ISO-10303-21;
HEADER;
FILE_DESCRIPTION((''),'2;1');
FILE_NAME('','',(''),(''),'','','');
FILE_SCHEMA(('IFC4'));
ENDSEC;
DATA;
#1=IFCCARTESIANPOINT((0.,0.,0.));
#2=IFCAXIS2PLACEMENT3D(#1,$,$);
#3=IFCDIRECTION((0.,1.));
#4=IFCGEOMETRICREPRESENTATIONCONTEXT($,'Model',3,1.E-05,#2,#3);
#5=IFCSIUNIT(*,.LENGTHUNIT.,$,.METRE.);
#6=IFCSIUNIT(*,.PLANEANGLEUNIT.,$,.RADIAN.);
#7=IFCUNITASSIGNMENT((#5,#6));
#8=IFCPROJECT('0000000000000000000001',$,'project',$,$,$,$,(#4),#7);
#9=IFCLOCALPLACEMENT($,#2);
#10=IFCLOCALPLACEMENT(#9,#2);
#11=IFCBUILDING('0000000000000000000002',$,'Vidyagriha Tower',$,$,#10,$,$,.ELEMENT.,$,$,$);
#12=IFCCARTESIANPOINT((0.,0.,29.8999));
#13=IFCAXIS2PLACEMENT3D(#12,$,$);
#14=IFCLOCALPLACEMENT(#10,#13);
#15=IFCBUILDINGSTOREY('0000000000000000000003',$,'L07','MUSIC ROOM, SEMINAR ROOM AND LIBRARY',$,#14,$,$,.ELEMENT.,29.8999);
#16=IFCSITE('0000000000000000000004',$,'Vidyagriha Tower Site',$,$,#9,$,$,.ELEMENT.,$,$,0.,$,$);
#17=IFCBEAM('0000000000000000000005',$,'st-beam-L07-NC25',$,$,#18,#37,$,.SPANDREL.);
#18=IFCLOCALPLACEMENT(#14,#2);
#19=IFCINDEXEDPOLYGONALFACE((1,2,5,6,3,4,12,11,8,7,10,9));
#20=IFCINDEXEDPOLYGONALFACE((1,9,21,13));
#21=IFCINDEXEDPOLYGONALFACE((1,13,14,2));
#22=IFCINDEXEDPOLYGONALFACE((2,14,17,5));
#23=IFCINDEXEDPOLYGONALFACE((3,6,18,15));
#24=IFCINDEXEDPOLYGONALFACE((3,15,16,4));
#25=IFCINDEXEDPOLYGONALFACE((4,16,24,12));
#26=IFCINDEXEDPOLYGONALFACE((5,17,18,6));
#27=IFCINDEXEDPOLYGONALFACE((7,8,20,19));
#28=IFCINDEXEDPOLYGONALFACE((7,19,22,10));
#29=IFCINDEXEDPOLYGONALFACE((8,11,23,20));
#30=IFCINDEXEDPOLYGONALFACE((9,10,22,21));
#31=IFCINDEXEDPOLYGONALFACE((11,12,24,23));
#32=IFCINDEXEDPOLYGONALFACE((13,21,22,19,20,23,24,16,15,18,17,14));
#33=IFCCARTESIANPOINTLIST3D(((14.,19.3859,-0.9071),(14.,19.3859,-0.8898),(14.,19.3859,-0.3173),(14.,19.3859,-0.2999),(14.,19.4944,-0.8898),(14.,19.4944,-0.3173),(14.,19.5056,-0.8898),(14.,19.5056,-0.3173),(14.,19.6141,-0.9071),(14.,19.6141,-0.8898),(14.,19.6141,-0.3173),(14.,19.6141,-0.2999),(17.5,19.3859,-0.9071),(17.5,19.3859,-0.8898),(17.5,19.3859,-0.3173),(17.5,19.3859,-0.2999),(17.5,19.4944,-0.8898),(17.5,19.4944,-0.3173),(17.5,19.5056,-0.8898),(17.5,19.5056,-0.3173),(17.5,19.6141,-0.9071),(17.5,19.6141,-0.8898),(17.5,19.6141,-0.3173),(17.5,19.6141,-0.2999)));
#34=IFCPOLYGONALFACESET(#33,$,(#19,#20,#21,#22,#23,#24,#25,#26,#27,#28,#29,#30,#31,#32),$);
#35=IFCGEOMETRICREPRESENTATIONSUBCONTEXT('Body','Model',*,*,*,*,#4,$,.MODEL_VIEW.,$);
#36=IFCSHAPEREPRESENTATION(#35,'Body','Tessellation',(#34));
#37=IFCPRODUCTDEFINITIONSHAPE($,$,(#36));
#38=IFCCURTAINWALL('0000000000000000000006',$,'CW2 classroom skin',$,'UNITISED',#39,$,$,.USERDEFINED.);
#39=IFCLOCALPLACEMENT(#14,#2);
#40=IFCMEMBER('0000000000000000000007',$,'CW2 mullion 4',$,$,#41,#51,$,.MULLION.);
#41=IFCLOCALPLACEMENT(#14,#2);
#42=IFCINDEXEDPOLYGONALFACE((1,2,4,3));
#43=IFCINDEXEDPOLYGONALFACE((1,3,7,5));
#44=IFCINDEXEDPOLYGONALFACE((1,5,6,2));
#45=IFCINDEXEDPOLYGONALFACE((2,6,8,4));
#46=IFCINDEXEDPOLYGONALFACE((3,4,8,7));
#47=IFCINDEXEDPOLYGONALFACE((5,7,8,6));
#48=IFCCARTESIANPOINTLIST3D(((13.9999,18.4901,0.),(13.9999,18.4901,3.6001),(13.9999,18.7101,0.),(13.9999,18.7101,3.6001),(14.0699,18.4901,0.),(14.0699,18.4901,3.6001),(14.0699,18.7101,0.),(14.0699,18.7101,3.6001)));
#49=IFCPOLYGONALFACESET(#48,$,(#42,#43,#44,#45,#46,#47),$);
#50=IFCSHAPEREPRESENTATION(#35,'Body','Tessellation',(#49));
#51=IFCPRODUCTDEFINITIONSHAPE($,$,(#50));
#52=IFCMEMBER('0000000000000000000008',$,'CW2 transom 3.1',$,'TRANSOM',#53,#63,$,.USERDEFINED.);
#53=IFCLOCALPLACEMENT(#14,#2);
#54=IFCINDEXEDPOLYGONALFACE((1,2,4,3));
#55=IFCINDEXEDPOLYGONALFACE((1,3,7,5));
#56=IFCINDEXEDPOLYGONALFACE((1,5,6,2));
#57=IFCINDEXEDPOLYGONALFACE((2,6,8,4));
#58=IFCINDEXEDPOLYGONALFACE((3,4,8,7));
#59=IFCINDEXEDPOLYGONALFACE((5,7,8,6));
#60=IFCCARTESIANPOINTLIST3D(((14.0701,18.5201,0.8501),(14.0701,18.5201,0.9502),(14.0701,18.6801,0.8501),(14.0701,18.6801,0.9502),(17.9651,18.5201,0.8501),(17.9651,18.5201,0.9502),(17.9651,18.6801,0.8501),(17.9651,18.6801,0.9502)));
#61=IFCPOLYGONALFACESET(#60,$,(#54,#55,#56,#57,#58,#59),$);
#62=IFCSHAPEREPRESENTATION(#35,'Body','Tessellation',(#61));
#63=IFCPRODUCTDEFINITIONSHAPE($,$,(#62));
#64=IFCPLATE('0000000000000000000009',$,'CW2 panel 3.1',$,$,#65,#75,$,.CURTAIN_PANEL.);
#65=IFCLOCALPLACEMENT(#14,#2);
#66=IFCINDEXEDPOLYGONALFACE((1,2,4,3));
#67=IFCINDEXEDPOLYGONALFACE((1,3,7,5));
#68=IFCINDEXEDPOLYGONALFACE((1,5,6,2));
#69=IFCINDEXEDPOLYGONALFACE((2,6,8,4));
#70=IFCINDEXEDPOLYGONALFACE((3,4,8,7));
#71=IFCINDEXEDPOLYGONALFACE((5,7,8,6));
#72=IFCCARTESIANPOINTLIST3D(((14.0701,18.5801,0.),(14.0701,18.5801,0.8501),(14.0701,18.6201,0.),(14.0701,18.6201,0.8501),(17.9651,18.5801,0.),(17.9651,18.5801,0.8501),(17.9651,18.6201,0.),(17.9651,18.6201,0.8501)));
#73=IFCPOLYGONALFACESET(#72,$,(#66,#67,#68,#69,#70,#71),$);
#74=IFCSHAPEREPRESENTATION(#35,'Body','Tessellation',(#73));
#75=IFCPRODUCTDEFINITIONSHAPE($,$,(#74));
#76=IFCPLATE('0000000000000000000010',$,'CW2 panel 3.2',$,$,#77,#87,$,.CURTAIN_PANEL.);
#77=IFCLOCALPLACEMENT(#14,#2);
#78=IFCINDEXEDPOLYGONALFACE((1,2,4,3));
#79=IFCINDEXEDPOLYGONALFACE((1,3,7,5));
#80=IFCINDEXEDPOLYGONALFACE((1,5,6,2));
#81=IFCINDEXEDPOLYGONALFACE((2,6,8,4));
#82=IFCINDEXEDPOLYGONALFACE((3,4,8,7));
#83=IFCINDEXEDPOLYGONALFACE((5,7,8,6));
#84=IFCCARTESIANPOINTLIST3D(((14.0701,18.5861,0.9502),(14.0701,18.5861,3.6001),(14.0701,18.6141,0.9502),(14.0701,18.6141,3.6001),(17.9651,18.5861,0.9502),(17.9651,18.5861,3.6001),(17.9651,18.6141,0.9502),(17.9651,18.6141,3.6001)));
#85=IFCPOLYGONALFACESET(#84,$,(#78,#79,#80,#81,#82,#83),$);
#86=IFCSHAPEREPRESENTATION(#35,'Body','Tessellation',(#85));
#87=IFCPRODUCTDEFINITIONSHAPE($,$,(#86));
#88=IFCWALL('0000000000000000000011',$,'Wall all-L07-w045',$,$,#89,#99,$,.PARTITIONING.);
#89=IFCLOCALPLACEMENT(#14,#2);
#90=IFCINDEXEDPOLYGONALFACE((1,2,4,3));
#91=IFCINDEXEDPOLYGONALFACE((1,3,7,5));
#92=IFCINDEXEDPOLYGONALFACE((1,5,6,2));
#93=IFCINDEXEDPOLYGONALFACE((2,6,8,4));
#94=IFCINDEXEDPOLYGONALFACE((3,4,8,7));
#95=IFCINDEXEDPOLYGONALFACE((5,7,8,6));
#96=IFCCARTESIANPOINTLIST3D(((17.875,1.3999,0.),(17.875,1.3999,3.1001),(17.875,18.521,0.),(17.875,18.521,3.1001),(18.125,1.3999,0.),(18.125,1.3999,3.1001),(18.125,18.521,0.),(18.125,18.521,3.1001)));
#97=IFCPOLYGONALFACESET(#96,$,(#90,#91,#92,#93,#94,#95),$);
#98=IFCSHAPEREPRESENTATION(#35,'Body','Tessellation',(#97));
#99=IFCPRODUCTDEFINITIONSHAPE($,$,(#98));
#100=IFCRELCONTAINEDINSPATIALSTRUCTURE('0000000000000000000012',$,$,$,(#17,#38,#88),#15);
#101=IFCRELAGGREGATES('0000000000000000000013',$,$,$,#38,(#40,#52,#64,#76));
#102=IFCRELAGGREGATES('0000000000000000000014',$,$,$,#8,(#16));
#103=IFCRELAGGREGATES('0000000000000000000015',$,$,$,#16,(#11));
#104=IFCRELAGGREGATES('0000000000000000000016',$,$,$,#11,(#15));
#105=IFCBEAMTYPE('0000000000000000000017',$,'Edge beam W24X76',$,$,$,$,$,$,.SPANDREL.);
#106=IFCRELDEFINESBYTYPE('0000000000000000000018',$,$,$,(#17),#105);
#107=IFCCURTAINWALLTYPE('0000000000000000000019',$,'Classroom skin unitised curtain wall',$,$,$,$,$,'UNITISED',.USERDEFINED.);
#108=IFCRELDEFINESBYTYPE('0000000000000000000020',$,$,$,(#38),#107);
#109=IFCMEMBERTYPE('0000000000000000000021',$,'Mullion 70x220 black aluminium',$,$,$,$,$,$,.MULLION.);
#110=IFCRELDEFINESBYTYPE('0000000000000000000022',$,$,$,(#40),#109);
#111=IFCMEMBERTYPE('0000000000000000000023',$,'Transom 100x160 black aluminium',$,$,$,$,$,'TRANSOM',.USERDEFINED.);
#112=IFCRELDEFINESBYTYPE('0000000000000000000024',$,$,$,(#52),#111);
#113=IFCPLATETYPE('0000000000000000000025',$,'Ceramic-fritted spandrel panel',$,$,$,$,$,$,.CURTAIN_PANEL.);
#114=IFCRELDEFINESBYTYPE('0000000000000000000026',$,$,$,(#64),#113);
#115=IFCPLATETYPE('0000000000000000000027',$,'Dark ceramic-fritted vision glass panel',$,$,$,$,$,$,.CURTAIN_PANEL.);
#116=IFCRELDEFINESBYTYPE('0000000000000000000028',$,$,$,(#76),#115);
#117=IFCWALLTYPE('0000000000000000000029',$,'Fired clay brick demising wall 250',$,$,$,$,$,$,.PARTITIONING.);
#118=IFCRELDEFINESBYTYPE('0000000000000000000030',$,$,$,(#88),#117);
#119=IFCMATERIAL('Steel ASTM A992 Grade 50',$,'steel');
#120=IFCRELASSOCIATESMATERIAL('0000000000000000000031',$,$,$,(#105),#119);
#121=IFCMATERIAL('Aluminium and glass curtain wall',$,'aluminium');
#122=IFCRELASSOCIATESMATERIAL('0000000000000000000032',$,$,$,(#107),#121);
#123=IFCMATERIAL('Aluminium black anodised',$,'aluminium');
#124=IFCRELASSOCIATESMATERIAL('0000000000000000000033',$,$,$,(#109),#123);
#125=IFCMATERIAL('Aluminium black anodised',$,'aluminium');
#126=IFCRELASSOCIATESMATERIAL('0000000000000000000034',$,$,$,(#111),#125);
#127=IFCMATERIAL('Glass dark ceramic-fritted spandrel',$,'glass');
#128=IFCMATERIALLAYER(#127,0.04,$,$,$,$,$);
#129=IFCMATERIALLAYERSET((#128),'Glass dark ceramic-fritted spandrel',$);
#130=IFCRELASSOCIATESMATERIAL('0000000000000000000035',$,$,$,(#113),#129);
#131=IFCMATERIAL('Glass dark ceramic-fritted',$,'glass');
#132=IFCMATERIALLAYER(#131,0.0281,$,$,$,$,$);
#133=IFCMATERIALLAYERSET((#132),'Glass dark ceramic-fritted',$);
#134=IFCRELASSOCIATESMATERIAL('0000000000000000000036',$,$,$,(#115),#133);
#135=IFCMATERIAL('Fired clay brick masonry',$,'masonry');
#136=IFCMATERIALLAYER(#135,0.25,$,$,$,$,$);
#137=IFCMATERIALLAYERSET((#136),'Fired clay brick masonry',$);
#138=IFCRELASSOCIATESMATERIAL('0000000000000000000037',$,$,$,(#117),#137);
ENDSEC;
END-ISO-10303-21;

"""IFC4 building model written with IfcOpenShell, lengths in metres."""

from ifc_helpers import new_model, si_unit, direction, frame, frame_2d, origin, origin_2d, place, context, subcontext, project, spatial, rectangle, i_section, extrude, material, layer, layer_set, material_profile, profile_set, type_object, element, aggregate, save


model = new_model("IFC4")

# Units and contexts
model_context = context("Model", 3, precision=1e-05, world=origin(), true_north=direction((0.0, 1.0)))
body_context = subcontext(model_context, "Body", "Model", "MODEL_VIEW")
ifc_project = project(units=[si_unit("LENGTHUNIT", "METRE"), si_unit("PLANEANGLEUNIT", "RADIAN")], contexts=[model_context])

# Site, building, storey
site_placement = place(None, origin())
site = spatial("IfcSite", under=ifc_project, at=site_placement, Name="Vidyagriha Tower Site", CompositionType="ELEMENT", RefElevation=0.0)
building_placement = place(site_placement, origin())
building = spatial("IfcBuilding", under=site, at=building_placement, Name="Vidyagriha Tower", CompositionType="ELEMENT")
storey_placement = place(building_placement, frame((0.0, 0.0, 29.8999)))
storey = spatial("IfcBuildingStorey", under=building, at=storey_placement, Name="L07", Description="MUSIC ROOM, SEMINAR ROOM AND LIBRARY", CompositionType="ELEMENT", Elevation=29.8999)

# Beam
ifc_material_1 = material(Name="Steel ASTM A992 Grade 50", Category="steel")
ifc_material_profile_1 = material_profile(ifc_material_1, i_section(OverallWidth=0.2283, OverallDepth=0.6072, WebThickness=0.0112, FlangeThickness=0.0173, at=origin_2d()), Name="W24X76")
ifc_profile_set_1 = profile_set([ifc_material_profile_1], Name="Steel ASTM A992 Grade 50")
beam_type = type_object("IfcBeamType", Name="Edge beam W24X76", PredefinedType="SPANDREL", material=ifc_profile_set_1)
beam_placement = place(storey_placement, frame((14.0, 19.5, -0.6035), z_axis=(1.0, 0.0, 0.0), x_axis=(0.0, 1.0, 0.0)))
element("IfcBeam", 1, at=beam_placement, inside=storey, type_object=beam_type, Name="st-beam-L07-NC25", PredefinedType="SPANDREL", context=body_context, shape_type="SweptSolid", body=[
    extrude(i_section(OverallWidth=0.2283, OverallDepth=0.6072, WebThickness=0.0112, FlangeThickness=0.0173, at=origin_2d()), origin(), (0.0, 0.0, 1.0), 3.5),
])

# Curtain wall, members, plates
ifc_material_2 = material(Name="Aluminium and glass curtain wall", Category="aluminium")
curtain_wall_type = type_object("IfcCurtainWallType", Name="Classroom skin unitised curtain wall", ElementType="UNITISED", PredefinedType="USERDEFINED", material=ifc_material_2)
curtain_wall_placement = place(storey_placement, origin())
curtain_wall = element("IfcCurtainWall", 2, at=curtain_wall_placement, inside=storey, type_object=curtain_wall_type, Name="CW2 classroom skin", ObjectType="UNITISED", PredefinedType="USERDEFINED")
ifc_material_3 = material(Name="Aluminium black anodised", Category="aluminium")
ifc_material_profile_2 = material_profile(ifc_material_3, rectangle(XDim=0.22, YDim=0.0701, at=origin_2d()), Name="Mullion 70x220 black aluminium")
ifc_profile_set_2 = profile_set([ifc_material_profile_2], Name="Aluminium black anodised")
member_type_1 = type_object("IfcMemberType", Name="Mullion 70x220 black aluminium", PredefinedType="MULLION", material=ifc_profile_set_2)
member_1_placement = place(storey_placement, frame((14.0349, 18.6001, 0.0), z_axis=(0.0, 0.0, 1.0), x_axis=(0.0, -1.0, 0.0)))
member_1 = element("IfcMember", 3, at=member_1_placement, type_object=member_type_1, Name="CW2 mullion 4", PredefinedType="MULLION", context=body_context, shape_type="SweptSolid", body=[
    extrude(rectangle(XDim=0.22, YDim=0.0701, at=origin_2d()), origin(), (0.0, 0.0, 1.0), 3.6001),
])
ifc_material_4 = material(Name="Aluminium black anodised", Category="aluminium")
ifc_material_profile_3 = material_profile(ifc_material_4, rectangle(XDim=0.1599, YDim=0.1001, at=origin_2d()), Name="Transom 100x160 black aluminium")
ifc_profile_set_3 = profile_set([ifc_material_profile_3], Name="Aluminium black anodised")
member_type_2 = type_object("IfcMemberType", Name="Transom 100x160 black aluminium", ElementType="TRANSOM", PredefinedType="USERDEFINED", material=ifc_profile_set_3)
member_2_placement = place(storey_placement, frame((17.9651, 18.6001, 0.9001), z_axis=(-1.0, 0.0, 0.0), x_axis=(0.0, -1.0, 0.0)))
member_2 = element("IfcMember", 4, at=member_2_placement, type_object=member_type_2, Name="CW2 transom 3.1", ObjectType="TRANSOM", PredefinedType="USERDEFINED", context=body_context, shape_type="SweptSolid", body=[
    extrude(rectangle(XDim=0.1599, YDim=0.1001, at=origin_2d()), origin(), (0.0, 0.0, 1.0), 3.895),
])
ifc_material_5 = material(Name="Glass dark ceramic-fritted spandrel", Category="glass")
ifc_layer_1 = layer(ifc_material_5, 0.04)
ifc_layer_set_1 = layer_set([ifc_layer_1], Name="Glass dark ceramic-fritted spandrel")
plate_type_1 = type_object("IfcPlateType", Name="Ceramic-fritted spandrel panel", PredefinedType="CURTAIN_PANEL", material=ifc_layer_set_1)
plate_1_placement = place(storey_placement, frame((16.0176, 18.6001, 0.0), z_axis=(0.0, 0.0, 1.0), x_axis=(-1.0, 0.0, 0.0)))
plate_1 = element("IfcPlate", 5, at=plate_1_placement, type_object=plate_type_1, Name="CW2 panel 3.1", PredefinedType="CURTAIN_PANEL", context=body_context, shape_type="SweptSolid", body=[
    extrude(rectangle(XDim=3.895, YDim=0.04, at=origin_2d()), origin(), (0.0, 0.0, 1.0), 0.8501),
])
ifc_material_6 = material(Name="Glass dark ceramic-fritted", Category="glass")
ifc_layer_2 = layer(ifc_material_6, 0.0281)
ifc_layer_set_2 = layer_set([ifc_layer_2], Name="Glass dark ceramic-fritted")
plate_type_2 = type_object("IfcPlateType", Name="Dark ceramic-fritted vision glass panel", PredefinedType="CURTAIN_PANEL", material=ifc_layer_set_2)
plate_2_placement = place(storey_placement, frame((16.0176, 18.6001, 0.9502), z_axis=(0.0, 0.0, 1.0), x_axis=(-1.0, 0.0, 0.0)))
plate_2 = element("IfcPlate", 6, at=plate_2_placement, type_object=plate_type_2, Name="CW2 panel 3.2", PredefinedType="CURTAIN_PANEL", context=body_context, shape_type="SweptSolid", body=[
    extrude(rectangle(XDim=3.895, YDim=0.0281, at=origin_2d()), origin(), (0.0, 0.0, 1.0), 2.6499),
])
aggregate(curtain_wall, [member_1, member_2, plate_1, plate_2])

# Wall
ifc_material_7 = material(Name="Fired clay brick masonry", Category="masonry")
ifc_layer_3 = layer(ifc_material_7, 0.25)
ifc_layer_set_3 = layer_set([ifc_layer_3], Name="Fired clay brick masonry")
wall_type_1 = type_object("IfcWallType", Name="Fired clay brick demising wall 250", PredefinedType="PARTITIONING", material=ifc_layer_set_3)
wall_1_placement = place(storey_placement, frame((18.0, 18.521, 0.0), z_axis=(0.0, 0.0, 1.0), x_axis=(0.0, -1.0, 0.0)))
element("IfcWall", 7, at=wall_1_placement, inside=storey, type_object=wall_type_1, Name="Wall all-L07-w045", PredefinedType="PARTITIONING", context=body_context, shape_type="SweptSolid", body=[
    extrude(rectangle(XDim=17.1211, YDim=0.25, at=frame_2d((8.5605, 0.0))), origin(), (0.0, 0.0, 1.0), 3.1001),
])

save(model, "model.ifc")
